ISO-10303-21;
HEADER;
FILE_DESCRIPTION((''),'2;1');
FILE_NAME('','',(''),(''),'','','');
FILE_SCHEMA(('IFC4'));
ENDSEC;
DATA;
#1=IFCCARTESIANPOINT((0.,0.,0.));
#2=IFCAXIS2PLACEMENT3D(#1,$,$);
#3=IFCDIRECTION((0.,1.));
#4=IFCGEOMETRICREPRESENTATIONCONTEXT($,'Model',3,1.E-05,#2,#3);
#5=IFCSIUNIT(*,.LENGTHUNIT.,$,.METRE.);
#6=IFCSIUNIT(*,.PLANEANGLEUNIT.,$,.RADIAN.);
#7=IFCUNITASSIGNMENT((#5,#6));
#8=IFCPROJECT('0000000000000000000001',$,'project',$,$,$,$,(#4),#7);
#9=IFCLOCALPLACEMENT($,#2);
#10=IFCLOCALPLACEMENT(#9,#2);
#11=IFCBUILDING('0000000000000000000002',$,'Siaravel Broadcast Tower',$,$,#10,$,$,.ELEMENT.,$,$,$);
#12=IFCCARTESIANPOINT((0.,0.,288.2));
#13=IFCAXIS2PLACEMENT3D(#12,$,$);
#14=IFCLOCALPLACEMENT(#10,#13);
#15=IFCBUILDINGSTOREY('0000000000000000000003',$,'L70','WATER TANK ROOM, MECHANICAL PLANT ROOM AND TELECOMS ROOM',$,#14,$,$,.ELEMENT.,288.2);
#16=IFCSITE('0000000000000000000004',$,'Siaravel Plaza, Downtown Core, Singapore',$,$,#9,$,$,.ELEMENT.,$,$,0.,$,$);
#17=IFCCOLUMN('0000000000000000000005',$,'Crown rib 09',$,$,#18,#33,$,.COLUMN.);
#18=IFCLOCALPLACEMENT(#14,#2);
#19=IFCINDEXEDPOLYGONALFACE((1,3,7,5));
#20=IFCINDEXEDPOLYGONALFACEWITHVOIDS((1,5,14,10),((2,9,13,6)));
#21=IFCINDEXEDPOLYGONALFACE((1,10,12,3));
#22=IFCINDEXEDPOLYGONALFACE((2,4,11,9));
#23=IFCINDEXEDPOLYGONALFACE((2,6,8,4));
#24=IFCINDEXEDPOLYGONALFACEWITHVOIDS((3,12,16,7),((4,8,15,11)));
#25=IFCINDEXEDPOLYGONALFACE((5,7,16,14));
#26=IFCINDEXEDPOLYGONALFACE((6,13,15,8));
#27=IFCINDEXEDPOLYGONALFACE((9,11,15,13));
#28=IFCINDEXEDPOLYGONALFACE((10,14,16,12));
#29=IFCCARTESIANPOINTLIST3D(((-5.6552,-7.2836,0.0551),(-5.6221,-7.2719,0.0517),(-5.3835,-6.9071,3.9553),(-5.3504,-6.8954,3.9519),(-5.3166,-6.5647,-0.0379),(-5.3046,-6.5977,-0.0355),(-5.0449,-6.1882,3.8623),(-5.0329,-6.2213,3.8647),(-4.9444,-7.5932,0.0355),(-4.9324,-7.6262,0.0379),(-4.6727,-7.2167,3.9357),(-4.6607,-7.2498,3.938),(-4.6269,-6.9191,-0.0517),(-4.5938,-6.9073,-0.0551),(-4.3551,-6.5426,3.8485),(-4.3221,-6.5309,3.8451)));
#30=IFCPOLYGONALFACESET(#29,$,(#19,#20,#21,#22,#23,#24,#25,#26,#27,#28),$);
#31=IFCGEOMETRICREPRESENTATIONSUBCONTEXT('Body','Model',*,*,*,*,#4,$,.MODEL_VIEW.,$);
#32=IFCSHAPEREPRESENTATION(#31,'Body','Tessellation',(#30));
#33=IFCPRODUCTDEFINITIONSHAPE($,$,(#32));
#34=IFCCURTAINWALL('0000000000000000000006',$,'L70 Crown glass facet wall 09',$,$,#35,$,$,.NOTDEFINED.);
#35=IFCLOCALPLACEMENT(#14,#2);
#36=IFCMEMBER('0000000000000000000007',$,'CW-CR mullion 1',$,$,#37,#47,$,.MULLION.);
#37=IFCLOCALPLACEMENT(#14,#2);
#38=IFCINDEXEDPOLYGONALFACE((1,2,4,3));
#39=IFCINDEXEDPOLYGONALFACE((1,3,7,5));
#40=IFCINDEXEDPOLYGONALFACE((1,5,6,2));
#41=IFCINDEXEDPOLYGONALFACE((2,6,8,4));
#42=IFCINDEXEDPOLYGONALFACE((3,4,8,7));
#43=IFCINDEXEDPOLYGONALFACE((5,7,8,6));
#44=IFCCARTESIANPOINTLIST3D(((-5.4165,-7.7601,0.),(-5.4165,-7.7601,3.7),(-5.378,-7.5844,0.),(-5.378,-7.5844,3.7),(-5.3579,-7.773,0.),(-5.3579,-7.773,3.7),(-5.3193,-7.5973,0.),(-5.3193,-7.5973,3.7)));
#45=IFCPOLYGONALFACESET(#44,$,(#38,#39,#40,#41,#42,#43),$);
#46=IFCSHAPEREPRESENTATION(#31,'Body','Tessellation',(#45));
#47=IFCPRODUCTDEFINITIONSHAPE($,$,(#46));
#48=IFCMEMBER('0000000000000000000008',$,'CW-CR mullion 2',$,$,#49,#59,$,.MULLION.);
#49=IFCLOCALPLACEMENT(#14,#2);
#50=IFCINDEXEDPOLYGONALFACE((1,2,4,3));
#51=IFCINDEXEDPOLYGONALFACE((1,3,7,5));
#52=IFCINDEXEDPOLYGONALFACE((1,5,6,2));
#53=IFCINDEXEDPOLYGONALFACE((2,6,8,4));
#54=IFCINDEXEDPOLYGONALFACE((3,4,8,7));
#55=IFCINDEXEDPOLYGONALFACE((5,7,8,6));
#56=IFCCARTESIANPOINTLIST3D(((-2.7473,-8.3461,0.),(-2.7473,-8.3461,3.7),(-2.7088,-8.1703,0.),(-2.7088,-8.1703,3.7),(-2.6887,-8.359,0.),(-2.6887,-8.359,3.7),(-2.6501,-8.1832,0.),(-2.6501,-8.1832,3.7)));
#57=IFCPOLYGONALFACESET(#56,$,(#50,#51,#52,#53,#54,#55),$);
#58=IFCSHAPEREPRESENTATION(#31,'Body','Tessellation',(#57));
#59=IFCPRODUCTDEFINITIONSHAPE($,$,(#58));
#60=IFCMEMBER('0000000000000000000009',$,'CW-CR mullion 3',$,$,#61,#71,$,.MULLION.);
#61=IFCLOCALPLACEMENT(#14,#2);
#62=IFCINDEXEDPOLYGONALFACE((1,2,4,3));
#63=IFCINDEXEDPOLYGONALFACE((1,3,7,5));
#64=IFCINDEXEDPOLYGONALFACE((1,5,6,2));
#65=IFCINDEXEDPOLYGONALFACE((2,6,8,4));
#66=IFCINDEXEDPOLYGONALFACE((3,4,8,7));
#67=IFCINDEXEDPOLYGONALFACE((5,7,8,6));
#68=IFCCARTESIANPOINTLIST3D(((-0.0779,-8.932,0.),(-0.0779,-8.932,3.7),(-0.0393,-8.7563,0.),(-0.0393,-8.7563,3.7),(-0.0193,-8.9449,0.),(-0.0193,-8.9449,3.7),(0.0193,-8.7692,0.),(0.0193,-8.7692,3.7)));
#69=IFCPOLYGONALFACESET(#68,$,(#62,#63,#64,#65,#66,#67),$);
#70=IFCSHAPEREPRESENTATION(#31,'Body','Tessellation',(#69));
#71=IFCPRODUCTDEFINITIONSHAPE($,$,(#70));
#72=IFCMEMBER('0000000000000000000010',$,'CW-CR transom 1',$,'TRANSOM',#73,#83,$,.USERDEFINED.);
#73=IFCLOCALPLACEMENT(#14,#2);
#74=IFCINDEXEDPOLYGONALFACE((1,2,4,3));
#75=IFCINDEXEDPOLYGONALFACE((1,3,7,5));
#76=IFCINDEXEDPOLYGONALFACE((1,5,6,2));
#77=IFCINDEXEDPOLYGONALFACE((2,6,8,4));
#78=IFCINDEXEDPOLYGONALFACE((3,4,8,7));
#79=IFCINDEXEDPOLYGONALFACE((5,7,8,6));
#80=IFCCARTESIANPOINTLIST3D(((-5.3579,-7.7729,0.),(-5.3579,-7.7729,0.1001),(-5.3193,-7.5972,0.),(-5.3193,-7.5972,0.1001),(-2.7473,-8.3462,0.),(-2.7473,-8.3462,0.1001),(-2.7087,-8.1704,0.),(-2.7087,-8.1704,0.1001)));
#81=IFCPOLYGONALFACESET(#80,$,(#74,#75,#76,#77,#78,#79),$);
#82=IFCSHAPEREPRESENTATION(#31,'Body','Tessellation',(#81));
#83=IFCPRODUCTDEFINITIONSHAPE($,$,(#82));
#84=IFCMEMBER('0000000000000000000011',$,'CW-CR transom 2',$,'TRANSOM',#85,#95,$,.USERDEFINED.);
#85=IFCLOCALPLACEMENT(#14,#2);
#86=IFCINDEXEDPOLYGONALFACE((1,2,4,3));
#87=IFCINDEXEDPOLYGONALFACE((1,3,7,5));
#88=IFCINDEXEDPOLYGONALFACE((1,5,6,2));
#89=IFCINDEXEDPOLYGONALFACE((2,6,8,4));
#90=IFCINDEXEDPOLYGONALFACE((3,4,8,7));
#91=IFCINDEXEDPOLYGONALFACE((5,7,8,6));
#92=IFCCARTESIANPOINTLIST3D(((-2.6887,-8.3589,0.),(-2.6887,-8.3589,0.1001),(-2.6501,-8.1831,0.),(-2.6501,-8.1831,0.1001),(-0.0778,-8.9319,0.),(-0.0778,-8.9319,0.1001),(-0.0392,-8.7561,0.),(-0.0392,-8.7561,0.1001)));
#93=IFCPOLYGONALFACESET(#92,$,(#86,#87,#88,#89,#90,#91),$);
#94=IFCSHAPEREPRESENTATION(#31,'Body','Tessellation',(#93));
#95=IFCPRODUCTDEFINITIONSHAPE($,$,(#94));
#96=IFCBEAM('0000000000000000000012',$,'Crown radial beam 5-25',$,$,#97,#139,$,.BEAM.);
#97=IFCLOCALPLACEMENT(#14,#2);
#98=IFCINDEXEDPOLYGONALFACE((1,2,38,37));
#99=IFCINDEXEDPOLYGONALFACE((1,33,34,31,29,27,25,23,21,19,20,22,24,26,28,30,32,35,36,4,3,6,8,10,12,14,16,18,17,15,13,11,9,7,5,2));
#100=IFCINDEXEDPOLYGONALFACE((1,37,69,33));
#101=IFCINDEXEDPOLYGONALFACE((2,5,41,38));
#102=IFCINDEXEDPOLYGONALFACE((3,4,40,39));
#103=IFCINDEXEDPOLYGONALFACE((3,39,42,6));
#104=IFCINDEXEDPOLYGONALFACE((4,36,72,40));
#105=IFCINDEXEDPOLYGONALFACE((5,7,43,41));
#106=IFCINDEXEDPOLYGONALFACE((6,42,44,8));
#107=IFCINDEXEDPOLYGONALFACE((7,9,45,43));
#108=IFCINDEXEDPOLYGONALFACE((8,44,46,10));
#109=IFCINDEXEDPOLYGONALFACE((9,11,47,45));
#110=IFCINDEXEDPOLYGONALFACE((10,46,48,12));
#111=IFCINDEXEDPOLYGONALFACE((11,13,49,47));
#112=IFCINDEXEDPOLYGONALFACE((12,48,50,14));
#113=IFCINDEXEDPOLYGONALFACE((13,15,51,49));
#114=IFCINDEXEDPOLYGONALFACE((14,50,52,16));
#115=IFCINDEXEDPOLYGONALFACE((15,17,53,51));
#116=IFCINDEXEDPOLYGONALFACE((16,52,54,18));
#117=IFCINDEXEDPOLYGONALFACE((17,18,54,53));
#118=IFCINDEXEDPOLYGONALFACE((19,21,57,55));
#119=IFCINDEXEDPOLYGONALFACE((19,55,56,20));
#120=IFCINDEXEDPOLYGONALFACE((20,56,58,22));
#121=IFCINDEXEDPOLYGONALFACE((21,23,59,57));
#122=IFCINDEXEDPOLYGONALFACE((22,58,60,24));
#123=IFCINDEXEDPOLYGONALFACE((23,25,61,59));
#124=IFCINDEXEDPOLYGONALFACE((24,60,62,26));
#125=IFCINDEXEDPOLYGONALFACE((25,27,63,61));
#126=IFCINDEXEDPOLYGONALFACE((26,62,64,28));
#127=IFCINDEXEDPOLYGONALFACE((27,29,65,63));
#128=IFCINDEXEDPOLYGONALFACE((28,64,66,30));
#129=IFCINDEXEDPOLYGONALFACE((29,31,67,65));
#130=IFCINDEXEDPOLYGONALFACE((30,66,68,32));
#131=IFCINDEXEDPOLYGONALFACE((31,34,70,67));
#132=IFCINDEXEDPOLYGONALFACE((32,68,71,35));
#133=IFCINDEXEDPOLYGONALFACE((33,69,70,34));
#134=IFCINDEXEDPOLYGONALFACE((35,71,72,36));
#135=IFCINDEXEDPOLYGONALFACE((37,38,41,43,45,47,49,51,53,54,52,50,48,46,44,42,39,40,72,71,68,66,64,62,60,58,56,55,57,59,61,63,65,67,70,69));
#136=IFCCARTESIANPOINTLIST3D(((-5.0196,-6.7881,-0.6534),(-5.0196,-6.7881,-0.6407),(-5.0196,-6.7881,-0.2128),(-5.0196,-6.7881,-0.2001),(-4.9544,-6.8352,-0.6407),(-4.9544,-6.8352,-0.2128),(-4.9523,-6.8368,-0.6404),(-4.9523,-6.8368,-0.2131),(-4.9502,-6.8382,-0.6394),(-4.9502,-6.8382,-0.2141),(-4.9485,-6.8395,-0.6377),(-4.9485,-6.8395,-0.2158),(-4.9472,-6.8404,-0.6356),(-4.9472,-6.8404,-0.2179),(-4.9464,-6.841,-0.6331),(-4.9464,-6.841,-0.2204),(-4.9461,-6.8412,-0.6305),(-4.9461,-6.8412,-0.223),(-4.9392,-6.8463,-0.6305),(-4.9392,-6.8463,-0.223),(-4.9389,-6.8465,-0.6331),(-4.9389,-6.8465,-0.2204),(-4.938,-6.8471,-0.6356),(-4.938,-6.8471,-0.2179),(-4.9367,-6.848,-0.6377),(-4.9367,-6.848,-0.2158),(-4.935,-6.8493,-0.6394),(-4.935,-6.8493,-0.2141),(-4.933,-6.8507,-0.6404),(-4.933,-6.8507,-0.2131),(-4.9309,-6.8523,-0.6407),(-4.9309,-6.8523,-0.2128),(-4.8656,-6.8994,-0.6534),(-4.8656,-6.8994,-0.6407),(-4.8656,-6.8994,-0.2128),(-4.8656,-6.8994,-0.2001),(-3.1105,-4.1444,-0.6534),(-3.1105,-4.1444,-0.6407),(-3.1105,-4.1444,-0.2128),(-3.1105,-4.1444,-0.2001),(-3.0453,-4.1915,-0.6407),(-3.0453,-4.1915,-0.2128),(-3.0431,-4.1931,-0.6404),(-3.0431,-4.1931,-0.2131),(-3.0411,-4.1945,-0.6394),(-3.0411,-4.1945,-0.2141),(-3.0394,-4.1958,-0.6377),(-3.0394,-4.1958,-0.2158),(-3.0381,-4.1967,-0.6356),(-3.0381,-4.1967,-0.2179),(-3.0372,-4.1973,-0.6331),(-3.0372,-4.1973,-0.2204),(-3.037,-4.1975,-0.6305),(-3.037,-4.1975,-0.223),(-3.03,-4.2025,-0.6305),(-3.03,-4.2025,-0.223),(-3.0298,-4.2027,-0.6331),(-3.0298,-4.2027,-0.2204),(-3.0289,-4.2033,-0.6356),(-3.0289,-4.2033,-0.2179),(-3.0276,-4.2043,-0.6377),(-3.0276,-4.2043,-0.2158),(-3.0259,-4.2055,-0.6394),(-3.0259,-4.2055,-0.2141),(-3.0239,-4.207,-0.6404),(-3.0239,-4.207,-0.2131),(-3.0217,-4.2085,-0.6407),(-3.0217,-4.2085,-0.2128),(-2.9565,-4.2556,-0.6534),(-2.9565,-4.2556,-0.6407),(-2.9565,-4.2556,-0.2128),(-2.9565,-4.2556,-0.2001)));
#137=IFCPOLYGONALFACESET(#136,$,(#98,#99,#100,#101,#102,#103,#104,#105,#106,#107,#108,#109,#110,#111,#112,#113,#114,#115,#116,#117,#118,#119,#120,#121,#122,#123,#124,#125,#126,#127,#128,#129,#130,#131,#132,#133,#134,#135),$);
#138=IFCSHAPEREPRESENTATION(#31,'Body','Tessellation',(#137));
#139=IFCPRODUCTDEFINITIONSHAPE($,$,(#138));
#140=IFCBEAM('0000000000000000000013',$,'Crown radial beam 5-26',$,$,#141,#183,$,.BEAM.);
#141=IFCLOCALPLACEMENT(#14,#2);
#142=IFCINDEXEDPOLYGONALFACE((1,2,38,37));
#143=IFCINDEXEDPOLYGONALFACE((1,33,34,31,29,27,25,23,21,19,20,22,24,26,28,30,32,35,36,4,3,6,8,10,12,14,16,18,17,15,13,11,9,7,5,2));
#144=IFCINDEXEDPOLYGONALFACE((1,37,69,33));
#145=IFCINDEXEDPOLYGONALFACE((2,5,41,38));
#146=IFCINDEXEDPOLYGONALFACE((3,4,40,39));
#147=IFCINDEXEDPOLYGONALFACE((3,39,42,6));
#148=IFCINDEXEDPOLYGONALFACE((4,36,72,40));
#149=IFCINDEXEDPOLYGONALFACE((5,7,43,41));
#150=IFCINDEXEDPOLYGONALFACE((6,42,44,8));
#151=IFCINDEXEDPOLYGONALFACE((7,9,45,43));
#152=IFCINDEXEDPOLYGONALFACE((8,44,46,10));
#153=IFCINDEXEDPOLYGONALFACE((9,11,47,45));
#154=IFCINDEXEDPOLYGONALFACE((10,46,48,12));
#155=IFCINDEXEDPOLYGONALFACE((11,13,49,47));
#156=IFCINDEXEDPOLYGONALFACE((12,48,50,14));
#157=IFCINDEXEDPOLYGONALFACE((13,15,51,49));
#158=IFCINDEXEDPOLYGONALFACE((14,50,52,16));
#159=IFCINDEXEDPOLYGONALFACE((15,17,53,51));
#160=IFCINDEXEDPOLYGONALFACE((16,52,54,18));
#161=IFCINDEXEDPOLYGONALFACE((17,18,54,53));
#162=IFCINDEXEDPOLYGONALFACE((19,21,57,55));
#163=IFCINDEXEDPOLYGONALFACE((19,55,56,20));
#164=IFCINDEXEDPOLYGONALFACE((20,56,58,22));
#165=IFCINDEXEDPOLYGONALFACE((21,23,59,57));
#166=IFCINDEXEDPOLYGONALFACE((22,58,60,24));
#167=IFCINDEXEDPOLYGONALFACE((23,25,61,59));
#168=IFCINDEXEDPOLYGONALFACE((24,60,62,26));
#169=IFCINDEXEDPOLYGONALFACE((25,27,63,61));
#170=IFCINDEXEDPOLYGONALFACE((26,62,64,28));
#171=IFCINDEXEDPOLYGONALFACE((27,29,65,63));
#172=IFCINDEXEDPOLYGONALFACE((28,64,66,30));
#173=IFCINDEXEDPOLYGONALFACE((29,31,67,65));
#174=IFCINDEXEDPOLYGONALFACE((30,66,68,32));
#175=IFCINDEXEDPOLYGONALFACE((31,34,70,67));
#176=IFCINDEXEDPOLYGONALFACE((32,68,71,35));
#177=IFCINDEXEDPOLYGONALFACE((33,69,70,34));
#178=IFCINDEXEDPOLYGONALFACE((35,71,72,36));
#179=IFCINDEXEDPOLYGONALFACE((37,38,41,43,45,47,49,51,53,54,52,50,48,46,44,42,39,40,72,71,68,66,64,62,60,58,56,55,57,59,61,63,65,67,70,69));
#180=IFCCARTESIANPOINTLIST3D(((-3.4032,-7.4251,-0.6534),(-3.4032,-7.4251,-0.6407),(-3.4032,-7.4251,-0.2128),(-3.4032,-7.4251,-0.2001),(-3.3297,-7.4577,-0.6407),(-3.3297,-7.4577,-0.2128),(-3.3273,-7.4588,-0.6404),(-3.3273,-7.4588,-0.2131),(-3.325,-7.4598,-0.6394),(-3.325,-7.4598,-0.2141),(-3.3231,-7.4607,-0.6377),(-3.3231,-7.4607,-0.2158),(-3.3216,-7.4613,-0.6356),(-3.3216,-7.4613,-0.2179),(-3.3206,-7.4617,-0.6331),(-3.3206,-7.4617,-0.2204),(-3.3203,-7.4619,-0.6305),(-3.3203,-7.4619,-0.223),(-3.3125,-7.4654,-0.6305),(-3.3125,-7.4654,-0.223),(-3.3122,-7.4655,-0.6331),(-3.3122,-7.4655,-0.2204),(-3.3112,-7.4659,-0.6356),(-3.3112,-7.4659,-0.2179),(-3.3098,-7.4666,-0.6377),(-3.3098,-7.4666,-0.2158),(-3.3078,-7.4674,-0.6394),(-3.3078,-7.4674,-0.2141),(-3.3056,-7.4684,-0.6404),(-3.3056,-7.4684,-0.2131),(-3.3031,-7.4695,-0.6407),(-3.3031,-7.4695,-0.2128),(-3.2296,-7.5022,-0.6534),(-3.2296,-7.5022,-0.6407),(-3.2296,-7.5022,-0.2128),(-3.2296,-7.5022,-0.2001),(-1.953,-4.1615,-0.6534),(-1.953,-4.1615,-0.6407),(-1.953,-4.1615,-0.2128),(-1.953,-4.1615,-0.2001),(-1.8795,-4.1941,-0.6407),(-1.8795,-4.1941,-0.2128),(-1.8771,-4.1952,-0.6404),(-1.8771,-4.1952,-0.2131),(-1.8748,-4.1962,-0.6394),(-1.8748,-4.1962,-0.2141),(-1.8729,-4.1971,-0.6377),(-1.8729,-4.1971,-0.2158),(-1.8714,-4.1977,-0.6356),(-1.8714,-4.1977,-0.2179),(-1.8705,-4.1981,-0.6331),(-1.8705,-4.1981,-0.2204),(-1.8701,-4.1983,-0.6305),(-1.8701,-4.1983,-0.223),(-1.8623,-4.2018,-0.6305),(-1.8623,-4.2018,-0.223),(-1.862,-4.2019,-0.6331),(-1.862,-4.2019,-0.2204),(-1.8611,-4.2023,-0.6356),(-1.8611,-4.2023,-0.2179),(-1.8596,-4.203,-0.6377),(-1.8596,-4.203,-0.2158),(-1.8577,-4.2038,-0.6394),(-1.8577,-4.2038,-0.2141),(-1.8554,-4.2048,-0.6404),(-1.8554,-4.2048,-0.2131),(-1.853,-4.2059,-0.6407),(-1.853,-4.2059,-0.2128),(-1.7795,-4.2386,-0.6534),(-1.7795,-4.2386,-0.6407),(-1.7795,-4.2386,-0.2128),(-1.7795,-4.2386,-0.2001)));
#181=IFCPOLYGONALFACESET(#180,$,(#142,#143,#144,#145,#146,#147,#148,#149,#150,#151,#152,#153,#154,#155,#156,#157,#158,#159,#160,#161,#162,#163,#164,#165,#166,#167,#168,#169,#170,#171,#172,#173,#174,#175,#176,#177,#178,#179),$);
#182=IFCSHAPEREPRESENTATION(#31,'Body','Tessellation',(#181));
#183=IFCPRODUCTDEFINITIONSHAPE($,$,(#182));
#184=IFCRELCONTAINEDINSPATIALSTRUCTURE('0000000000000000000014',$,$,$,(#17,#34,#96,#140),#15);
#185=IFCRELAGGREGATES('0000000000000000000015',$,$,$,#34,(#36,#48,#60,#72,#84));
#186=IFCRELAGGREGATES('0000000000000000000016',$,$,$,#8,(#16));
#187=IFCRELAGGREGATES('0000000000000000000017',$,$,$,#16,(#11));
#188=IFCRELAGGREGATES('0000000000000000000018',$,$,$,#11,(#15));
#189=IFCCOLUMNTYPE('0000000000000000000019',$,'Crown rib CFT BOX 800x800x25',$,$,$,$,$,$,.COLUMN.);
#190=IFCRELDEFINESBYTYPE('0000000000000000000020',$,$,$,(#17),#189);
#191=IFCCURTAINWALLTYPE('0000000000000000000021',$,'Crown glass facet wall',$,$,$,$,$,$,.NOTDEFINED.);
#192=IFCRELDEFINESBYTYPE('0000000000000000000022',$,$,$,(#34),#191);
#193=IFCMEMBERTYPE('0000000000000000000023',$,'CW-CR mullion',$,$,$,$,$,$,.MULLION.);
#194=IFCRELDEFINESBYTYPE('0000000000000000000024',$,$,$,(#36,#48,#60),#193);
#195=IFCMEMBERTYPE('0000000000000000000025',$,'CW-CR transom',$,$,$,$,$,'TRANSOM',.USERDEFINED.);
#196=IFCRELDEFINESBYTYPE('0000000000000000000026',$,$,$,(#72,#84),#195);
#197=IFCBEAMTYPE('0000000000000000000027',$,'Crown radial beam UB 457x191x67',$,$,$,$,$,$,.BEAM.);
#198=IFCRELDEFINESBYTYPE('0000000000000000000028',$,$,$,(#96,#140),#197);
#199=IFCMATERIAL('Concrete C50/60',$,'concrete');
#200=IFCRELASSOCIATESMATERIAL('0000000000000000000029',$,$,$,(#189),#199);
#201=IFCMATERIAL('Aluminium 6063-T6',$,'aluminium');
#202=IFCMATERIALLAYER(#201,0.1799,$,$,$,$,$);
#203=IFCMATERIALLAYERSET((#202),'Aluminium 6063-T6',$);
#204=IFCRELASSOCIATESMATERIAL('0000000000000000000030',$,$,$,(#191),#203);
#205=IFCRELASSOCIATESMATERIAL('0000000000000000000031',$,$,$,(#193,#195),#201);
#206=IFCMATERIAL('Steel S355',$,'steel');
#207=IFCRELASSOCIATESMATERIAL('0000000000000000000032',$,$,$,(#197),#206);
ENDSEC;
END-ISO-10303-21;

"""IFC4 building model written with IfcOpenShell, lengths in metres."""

from ifc_helpers import new_model, si_unit, direction, frame, origin, origin_2d, place, context, subcontext, project, spatial, rectangle, hollow_rectangle, i_section, extrude, material, layer, layer_set, material_profile, profile_set, type_object, element, aggregate, save


model = new_model("IFC4")

# Units and contexts
model_context = context("Model", 3, precision=1e-05, world=origin(), true_north=direction((0.0, 1.0)))
body_context = subcontext(model_context, "Body", "Model", "MODEL_VIEW")
ifc_project = project(units=[si_unit("LENGTHUNIT", "METRE"), si_unit("PLANEANGLEUNIT", "RADIAN")], contexts=[model_context])

# Site, building, storey
site_placement = place(None, origin())
site = spatial("IfcSite", under=ifc_project, at=site_placement, Name="Siaravel Plaza, Downtown Core, Singapore", CompositionType="ELEMENT", RefElevation=0.0)
building_placement = place(site_placement, origin())
building = spatial("IfcBuilding", under=site, at=building_placement, Name="Siaravel Broadcast Tower", CompositionType="ELEMENT")
storey_placement = place(building_placement, frame((0.0, 0.0, 288.2)))
storey = spatial("IfcBuildingStorey", under=building, at=storey_placement, Name="L70", Description="WATER TANK ROOM, MECHANICAL PLANT ROOM AND TELECOMS ROOM", CompositionType="ELEMENT", Elevation=288.2)

# Column
ifc_material_1 = material(Name="Concrete C50/60", Category="concrete")
ifc_material_profile_1 = material_profile(ifc_material_1, hollow_rectangle(XDim=0.8, YDim=0.8, WallThickness=0.0249, at=origin_2d()))
ifc_profile_set_1 = profile_set([ifc_material_profile_1], Name="Concrete C50/60")
column_type = type_object("IfcColumnType", Name="Crown rib CFT BOX 800x800x25", PredefinedType="COLUMN", material=ifc_profile_set_1)
column_placement = place(storey_placement, frame((-5.1245, -7.0955, 0.0), z_axis=(0.069183, 0.095849, 0.992989), x_axis=(-0.903382, 0.428292, 0.021599)))
element("IfcColumn", 1, at=column_placement, inside=storey, type_object=column_type, Name="Crown rib 09", PredefinedType="COLUMN", context=body_context, shape_type="SweptSolid", body=[
    extrude(hollow_rectangle(XDim=0.8, YDim=0.8, WallThickness=0.0249, at=origin_2d()), origin(), (0.0, 0.0, 1.0), 3.9277),
])

# Curtain wall, members
ifc_material_2 = material(Name="Aluminium 6063-T6", Category="aluminium")
ifc_layer_1 = layer(ifc_material_2, 0.1799)
ifc_layer_set_1 = layer_set([ifc_layer_1], Name="Aluminium 6063-T6")
curtain_wall_type = type_object("IfcCurtainWallType", Name="Crown glass facet wall", PredefinedType="NOTDEFINED", material=ifc_layer_set_1)
curtain_wall_placement = place(storey_placement, origin())
curtain_wall = element("IfcCurtainWall", 2, at=curtain_wall_placement, inside=storey, type_object=curtain_wall_type, Name="L70 Crown glass facet wall 09", PredefinedType="NOTDEFINED")
ifc_material_profile_2 = material_profile(ifc_material_2, rectangle(XDim=0.1799, YDim=0.0601, at=origin_2d()))
ifc_profile_set_2 = profile_set([ifc_material_profile_2], Name="Aluminium 6063-T6")
member_type_1 = type_object("IfcMemberType", Name="CW-CR mullion", PredefinedType="MULLION", material=ifc_profile_set_2)
member_1_placement = place(storey_placement, frame((-5.3679, -7.6787, 0.0), z_axis=(0.0, 0.0, 1.0), x_axis=(0.214396, 0.976747, 0.0)))
member_1 = element("IfcMember", 3, at=member_1_placement, type_object=member_type_1, Name="CW-CR mullion 1", PredefinedType="MULLION", context=body_context, shape_type="SweptSolid", body=[
    extrude(rectangle(XDim=0.1799, YDim=0.0601, at=origin_2d()), origin(), (0.0, 0.0, 1.0), 3.7),
])
member_2_placement = place(storey_placement, frame((-2.6987, -8.2646, 0.0), z_axis=(0.0, 0.0, 1.0), x_axis=(0.214396, 0.976747, 0.0)))
member_2 = element("IfcMember", 4, at=member_2_placement, type_object=member_type_1, Name="CW-CR mullion 2", PredefinedType="MULLION", context=body_context, shape_type="SweptSolid", body=[
    extrude(rectangle(XDim=0.1799, YDim=0.0601, at=origin_2d()), origin(), (0.0, 0.0, 1.0), 3.7),
])
member_3_placement = place(storey_placement, frame((-0.0293, -8.8506, 0.0), z_axis=(0.0, 0.0, 1.0), x_axis=(0.214396, 0.976747, 0.0)))
member_3 = element("IfcMember", 5, at=member_3_placement, type_object=member_type_1, Name="CW-CR mullion 3", PredefinedType="MULLION", context=body_context, shape_type="SweptSolid", body=[
    extrude(rectangle(XDim=0.1799, YDim=0.0601, at=origin_2d()), origin(), (0.0, 0.0, 1.0), 3.7),
])
ifc_material_profile_3 = material_profile(ifc_material_2, rectangle(XDim=0.1799, YDim=0.1001, at=origin_2d()))
ifc_profile_set_3 = profile_set([ifc_material_profile_3], Name="Aluminium 6063-T6")
member_type_2 = type_object("IfcMemberType", Name="CW-CR transom", ElementType="TRANSOM", PredefinedType="USERDEFINED", material=ifc_profile_set_3)
member_4_placement = place(storey_placement, frame((-5.3386, -7.6851, 0.05), z_axis=(0.97673, -0.214473, 0.0), x_axis=(0.214473, 0.97673, 0.0)))
member_4 = element("IfcMember", 6, at=member_4_placement, type_object=member_type_2, Name="CW-CR transom 1", ObjectType="TRANSOM", PredefinedType="USERDEFINED", context=body_context, shape_type="SweptSolid", body=[
    extrude(rectangle(XDim=0.1799, YDim=0.1001, at=origin_2d()), origin(), (0.0, 0.0, 1.0), 2.6729),
])
member_5_placement = place(storey_placement, frame((-2.6694, -8.271, 0.05), z_axis=(0.976753, -0.214367, 0.0), x_axis=(0.214367, 0.976753, 0.0)))
member_5 = element("IfcMember", 7, at=member_5_placement, type_object=member_type_2, Name="CW-CR transom 2", ObjectType="TRANSOM", PredefinedType="USERDEFINED", context=body_context, shape_type="SweptSolid", body=[
    extrude(rectangle(XDim=0.1799, YDim=0.1001, at=origin_2d()), origin(), (0.0, 0.0, 1.0), 2.6731),
])

# Beams
ifc_material_3 = material(Name="Steel S355", Category="steel")
ifc_material_profile_4 = material_profile(ifc_material_3, i_section(OverallWidth=0.1899, OverallDepth=0.4534, WebThickness=0.0085, FlangeThickness=0.0127, FilletRadius=0.0103, at=origin_2d()))
ifc_profile_set_4 = profile_set([ifc_material_profile_4], Name="Steel S355")
beam_type_1 = type_object("IfcBeamType", Name="Crown radial beam UB 457x191x67", PredefinedType="BEAM", material=ifc_profile_set_4)
beam_1_placement = place(storey_placement, frame((-4.9426, -6.8438, -0.4268), z_axis=(0.585444, 0.810713, 0.0), x_axis=(-0.810713, 0.585444, 0.0)))
element("IfcBeam", 8, at=beam_1_placement, inside=storey, type_object=beam_type_1, Name="Crown radial beam 5-25", PredefinedType="BEAM", context=body_context, shape_type="SweptSolid", body=[
    extrude(i_section(OverallWidth=0.1899, OverallDepth=0.4534, WebThickness=0.0085, FlangeThickness=0.0127, FilletRadius=0.0103, at=origin_2d()), origin(), (0.0, 0.0, 1.0), 3.261),
])
beam_2_placement = place(storey_placement, frame((-3.3164, -7.4636, -0.4268), z_axis=(0.406062, 0.913845, 0.0), x_axis=(-0.913845, 0.406062, 0.0)))
element("IfcBeam", 9, at=beam_2_placement, inside=storey, type_object=beam_type_1, Name="Crown radial beam 5-26", PredefinedType="BEAM", context=body_context, shape_type="SweptSolid", body=[
    extrude(i_section(OverallWidth=0.1899, OverallDepth=0.4534, WebThickness=0.0085, FlangeThickness=0.0127, FilletRadius=0.0103, at=origin_2d()), origin(), (0.0, 0.0, 1.0), 3.5713),
])

aggregate(curtain_wall, [member_1, member_2, member_3, member_4, member_5])

save(model, "model.ifc")
